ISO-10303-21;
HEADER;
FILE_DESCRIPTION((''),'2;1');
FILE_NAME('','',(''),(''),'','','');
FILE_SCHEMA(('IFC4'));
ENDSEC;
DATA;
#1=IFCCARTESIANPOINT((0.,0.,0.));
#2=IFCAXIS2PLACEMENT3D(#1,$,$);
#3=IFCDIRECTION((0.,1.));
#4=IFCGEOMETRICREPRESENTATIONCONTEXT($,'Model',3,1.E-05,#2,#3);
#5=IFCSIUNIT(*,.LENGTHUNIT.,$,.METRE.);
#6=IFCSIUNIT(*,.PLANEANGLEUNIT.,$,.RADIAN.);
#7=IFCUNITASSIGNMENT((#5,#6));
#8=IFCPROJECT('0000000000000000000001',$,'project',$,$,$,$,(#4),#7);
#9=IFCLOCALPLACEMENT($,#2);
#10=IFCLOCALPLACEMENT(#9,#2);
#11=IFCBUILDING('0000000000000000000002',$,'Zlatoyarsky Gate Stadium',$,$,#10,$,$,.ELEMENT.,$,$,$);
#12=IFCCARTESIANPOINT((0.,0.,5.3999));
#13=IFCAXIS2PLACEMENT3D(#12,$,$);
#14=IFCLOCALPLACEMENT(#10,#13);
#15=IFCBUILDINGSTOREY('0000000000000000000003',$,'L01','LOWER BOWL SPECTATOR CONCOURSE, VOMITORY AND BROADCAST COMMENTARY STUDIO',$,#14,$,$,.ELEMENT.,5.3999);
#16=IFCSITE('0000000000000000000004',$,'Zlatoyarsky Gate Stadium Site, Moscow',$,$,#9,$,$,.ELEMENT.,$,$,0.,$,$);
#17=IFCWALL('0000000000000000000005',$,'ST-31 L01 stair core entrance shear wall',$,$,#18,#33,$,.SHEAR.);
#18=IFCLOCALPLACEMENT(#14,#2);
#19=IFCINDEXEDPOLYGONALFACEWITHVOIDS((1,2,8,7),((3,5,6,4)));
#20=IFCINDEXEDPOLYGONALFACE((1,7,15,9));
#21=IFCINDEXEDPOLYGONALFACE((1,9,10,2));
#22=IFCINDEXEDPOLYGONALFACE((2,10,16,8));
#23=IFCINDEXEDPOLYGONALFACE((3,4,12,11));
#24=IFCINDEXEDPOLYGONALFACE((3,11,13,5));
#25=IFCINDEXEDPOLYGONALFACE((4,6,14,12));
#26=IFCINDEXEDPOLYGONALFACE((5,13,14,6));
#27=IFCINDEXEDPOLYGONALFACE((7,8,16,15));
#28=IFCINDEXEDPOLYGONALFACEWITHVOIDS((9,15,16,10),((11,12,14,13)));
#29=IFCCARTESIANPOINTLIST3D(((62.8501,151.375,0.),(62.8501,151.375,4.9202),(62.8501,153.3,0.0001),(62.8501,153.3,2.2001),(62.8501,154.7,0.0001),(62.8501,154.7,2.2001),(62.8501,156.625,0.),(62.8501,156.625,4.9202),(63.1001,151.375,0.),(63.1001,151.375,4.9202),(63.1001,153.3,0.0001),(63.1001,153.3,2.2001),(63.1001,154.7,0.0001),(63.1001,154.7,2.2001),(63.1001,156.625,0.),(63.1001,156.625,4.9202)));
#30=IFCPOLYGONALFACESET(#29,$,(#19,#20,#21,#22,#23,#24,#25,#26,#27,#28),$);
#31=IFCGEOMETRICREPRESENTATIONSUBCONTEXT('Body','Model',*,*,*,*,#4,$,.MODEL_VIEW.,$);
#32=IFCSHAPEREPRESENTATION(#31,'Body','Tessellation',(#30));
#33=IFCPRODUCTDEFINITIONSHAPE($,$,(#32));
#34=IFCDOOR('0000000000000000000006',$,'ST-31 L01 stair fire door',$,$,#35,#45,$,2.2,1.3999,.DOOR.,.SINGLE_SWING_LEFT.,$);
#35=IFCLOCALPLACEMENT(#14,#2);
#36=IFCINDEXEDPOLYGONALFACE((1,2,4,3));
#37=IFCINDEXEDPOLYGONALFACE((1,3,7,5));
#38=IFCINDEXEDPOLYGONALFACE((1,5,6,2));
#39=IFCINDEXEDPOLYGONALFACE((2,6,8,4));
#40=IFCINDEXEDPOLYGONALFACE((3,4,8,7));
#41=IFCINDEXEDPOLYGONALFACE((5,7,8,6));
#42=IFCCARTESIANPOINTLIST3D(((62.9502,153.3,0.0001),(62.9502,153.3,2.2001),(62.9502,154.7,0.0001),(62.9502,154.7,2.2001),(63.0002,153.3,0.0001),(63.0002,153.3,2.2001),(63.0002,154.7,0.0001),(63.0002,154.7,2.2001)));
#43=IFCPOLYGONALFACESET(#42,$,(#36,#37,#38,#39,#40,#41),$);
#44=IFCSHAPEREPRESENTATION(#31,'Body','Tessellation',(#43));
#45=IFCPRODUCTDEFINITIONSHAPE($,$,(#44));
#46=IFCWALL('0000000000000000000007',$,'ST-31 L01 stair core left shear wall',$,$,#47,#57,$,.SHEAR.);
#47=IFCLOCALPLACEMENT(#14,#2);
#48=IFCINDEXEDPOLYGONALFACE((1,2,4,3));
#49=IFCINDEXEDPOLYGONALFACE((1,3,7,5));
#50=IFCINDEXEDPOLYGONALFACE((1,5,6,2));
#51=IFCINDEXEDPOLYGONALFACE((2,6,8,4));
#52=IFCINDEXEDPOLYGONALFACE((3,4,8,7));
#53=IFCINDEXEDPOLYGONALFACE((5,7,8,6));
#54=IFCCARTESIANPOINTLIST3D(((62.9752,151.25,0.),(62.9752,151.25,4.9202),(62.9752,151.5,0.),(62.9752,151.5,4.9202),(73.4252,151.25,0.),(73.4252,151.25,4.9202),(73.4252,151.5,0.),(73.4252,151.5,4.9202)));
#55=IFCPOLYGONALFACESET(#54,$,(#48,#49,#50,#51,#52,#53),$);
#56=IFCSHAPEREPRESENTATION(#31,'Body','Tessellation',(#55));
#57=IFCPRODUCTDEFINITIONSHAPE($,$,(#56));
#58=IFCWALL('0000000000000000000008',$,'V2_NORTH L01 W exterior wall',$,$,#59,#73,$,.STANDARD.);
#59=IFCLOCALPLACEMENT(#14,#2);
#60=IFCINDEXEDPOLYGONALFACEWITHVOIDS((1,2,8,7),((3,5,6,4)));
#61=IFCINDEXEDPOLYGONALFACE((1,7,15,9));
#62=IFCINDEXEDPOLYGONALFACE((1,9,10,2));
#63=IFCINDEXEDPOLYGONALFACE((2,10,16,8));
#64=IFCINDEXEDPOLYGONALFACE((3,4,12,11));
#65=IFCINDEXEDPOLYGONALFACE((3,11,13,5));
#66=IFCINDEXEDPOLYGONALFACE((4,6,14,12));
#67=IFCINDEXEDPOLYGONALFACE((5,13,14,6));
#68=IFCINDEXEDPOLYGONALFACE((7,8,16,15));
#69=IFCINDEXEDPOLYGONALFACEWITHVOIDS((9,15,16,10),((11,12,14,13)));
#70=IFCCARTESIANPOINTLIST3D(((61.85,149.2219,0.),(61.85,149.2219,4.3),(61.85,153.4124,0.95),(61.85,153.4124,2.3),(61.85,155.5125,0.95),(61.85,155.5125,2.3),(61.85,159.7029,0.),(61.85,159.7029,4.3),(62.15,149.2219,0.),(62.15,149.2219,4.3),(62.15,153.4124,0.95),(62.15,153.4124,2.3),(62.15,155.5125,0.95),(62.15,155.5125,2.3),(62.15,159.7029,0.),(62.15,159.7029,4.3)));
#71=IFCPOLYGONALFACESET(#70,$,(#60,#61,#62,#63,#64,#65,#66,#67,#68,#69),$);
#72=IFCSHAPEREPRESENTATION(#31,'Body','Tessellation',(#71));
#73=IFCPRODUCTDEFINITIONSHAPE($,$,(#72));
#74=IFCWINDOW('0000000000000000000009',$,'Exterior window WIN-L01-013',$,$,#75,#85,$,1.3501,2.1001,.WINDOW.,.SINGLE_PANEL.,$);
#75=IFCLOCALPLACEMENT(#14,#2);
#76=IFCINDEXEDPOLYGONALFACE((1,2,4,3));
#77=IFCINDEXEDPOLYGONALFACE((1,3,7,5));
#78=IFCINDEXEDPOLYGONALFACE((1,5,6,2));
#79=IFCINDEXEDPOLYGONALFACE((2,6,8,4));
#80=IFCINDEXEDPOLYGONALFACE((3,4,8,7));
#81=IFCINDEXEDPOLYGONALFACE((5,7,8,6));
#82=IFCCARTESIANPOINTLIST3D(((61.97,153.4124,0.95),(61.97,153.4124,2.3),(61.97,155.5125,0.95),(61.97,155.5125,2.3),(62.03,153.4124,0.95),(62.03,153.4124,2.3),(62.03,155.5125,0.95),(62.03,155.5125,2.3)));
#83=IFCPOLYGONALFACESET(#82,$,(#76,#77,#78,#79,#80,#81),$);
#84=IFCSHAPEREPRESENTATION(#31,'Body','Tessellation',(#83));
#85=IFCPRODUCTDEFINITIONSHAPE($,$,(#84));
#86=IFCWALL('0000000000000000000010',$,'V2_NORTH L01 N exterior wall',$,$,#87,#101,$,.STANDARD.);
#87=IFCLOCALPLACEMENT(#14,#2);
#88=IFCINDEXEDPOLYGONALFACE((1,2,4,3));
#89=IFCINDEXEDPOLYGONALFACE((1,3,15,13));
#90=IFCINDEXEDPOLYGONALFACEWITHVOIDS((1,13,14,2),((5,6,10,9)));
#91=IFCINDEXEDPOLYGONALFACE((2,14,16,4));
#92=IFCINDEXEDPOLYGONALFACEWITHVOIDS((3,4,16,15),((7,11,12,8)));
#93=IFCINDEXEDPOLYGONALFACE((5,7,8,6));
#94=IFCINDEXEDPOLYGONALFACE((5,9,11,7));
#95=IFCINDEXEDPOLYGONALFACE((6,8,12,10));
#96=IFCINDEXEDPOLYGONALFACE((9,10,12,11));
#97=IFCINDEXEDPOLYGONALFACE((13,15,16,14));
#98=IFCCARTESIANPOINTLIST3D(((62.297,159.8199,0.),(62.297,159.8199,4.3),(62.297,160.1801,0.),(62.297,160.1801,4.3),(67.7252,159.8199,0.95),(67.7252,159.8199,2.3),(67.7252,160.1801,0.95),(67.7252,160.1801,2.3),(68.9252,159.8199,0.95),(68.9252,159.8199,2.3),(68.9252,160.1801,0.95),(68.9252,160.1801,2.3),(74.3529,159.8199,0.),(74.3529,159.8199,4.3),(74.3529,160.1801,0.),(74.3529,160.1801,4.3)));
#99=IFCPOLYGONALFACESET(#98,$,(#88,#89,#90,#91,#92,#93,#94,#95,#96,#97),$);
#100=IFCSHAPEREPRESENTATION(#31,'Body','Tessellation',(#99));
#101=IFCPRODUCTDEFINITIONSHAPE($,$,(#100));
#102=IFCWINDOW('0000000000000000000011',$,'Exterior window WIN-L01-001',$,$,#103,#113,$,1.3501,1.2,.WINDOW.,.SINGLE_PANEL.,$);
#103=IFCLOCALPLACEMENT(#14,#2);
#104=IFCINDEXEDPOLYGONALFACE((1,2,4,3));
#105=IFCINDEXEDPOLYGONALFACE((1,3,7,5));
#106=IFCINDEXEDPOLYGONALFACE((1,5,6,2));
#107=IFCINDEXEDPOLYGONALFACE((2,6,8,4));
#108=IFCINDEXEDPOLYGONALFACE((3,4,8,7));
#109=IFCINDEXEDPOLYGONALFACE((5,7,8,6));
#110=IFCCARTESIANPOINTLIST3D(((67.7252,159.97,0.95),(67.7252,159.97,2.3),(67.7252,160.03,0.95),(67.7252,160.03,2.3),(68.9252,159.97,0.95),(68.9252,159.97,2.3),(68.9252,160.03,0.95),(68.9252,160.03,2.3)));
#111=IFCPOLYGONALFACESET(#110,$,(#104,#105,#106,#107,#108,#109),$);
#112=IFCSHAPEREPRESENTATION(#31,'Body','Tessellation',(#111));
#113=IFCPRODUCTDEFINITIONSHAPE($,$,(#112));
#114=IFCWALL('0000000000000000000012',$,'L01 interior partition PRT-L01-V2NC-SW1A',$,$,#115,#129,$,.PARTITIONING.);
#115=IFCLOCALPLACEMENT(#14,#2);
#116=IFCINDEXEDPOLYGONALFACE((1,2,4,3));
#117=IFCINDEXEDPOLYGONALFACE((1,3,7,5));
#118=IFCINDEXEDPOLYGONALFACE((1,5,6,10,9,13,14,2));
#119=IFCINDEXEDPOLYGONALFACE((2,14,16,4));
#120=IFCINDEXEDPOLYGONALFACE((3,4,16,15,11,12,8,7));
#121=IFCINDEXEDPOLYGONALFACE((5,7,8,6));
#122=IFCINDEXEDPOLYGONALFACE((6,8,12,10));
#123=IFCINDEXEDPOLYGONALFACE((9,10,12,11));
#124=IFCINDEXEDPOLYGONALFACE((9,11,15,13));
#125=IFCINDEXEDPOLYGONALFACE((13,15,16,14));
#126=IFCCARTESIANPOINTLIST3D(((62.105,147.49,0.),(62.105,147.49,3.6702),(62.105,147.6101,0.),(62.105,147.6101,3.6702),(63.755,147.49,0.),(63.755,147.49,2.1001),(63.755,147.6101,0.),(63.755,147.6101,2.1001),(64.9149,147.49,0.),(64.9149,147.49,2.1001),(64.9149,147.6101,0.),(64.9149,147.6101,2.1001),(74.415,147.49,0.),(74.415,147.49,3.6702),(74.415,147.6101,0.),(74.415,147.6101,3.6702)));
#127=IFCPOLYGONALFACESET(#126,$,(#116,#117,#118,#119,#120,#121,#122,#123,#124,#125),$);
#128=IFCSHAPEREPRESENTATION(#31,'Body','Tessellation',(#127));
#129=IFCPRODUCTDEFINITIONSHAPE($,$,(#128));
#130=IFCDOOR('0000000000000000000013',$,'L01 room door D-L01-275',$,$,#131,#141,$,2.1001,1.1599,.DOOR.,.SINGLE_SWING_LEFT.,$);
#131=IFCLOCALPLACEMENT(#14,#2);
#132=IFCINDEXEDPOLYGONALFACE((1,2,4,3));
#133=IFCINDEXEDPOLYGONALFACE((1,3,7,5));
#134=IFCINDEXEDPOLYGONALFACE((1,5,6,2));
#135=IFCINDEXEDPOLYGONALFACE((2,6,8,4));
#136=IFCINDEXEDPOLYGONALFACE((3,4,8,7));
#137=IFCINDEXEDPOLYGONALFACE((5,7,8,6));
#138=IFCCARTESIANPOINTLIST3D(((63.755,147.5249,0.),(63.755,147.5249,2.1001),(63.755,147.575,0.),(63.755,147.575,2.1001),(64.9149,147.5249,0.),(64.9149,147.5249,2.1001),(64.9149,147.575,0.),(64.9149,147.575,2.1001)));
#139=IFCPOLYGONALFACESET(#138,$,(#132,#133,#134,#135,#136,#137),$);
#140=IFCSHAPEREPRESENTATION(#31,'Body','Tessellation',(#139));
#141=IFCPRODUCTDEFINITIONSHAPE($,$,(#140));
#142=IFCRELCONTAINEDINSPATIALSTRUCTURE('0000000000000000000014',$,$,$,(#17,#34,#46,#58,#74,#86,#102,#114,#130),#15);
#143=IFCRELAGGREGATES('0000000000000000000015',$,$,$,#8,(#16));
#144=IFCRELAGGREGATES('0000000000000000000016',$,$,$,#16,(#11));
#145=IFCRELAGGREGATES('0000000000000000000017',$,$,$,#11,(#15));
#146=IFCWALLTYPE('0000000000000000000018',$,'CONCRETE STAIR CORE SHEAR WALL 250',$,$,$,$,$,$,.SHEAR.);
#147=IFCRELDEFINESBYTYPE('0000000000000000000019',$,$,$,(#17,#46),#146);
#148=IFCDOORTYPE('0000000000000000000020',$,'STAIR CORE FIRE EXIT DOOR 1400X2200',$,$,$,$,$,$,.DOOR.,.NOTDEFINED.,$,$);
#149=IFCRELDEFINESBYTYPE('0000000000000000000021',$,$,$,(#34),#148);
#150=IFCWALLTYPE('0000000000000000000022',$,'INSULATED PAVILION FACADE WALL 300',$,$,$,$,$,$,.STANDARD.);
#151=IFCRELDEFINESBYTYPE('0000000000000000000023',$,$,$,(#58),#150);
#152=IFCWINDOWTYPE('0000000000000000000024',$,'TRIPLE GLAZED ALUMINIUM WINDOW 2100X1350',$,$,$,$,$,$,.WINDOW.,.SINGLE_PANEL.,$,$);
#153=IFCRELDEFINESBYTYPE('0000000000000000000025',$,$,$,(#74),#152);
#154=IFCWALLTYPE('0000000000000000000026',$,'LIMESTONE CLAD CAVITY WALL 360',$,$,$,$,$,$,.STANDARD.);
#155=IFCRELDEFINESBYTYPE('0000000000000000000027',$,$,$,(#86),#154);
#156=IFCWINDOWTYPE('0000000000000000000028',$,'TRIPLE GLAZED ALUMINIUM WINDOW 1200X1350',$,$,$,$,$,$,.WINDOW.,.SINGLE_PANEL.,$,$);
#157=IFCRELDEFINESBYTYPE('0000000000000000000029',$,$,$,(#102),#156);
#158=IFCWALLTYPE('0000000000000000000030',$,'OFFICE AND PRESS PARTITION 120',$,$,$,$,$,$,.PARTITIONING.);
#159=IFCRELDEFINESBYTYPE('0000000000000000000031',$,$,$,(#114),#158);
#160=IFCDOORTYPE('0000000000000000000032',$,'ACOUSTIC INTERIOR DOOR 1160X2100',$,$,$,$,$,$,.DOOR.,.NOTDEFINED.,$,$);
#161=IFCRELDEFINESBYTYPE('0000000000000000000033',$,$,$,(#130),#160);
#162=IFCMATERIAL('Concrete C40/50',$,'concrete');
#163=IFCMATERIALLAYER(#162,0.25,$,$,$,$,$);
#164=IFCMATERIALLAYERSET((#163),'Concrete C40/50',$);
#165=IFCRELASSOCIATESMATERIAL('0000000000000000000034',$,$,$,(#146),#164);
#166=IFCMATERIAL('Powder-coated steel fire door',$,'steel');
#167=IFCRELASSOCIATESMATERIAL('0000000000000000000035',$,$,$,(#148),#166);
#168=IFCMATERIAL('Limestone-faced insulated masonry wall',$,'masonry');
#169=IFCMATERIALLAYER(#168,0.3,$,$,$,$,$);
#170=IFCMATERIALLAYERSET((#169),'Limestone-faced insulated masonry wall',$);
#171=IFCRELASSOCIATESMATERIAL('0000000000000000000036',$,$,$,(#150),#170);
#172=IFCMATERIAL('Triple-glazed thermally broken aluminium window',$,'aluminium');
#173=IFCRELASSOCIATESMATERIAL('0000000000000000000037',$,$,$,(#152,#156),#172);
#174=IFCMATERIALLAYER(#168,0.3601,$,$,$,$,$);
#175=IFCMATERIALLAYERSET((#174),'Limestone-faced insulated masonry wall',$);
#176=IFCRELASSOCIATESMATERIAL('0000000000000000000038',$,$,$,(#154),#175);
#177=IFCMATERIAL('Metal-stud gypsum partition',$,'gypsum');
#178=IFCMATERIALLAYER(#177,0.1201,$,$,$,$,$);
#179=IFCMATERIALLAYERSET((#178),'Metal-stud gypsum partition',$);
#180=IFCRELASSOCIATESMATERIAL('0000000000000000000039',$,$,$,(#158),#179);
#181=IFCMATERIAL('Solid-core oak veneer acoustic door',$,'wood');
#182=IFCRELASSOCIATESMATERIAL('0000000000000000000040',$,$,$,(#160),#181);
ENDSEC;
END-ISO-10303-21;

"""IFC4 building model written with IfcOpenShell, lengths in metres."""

from ifc_helpers import new_model, si_unit, direction, frame, frame_2d, origin, place, context, subcontext, project, spatial, rectangle, extrude, material, layer, layer_set, type_object, element, fill, save


model = new_model("IFC4")

# Units and contexts
model_context = context("Model", 3, precision=1e-05, world=origin(), true_north=direction((0.0, 1.0)))
body_context = subcontext(model_context, "Body", "Model", "MODEL_VIEW")
ifc_project = project(units=[si_unit("LENGTHUNIT", "METRE"), si_unit("PLANEANGLEUNIT", "RADIAN")], contexts=[model_context])

# Site, building, storey
site_placement = place(None, origin())
site = spatial("IfcSite", under=ifc_project, at=site_placement, Name="Zlatoyarsky Gate Stadium Site, Moscow", CompositionType="ELEMENT", RefElevation=0.0)
building_placement = place(site_placement, origin())
building = spatial("IfcBuilding", under=site, at=building_placement, Name="Zlatoyarsky Gate Stadium", CompositionType="ELEMENT")
storey_placement = place(building_placement, frame((0.0, 0.0, 5.3999)))
storey = spatial("IfcBuildingStorey", under=building, at=storey_placement, Name="L01", Description="LOWER BOWL SPECTATOR CONCOURSE, VOMITORY AND BROADCAST COMMENTARY STUDIO", CompositionType="ELEMENT", Elevation=5.3999)

# Shared definitions
ifc_material_1 = material(Name="Concrete C40/50", Category="concrete")

# Shared definitions
ifc_layer_1 = layer(ifc_material_1, 0.25)
ifc_layer_set_1 = layer_set([ifc_layer_1], Name="Concrete C40/50")
wall_type_1 = type_object("IfcWallType", Name="CONCRETE STAIR CORE SHEAR WALL 250", PredefinedType="SHEAR", material=ifc_layer_set_1)

# Wall, opening, door
wall_1_placement = place(storey_placement, frame((62.9751, 156.625, 0.0), z_axis=(0.0, 0.0, 1.0), x_axis=(0.0, -1.0, 0.0)))
wall_1 = element("IfcWall", 1, at=wall_1_placement, inside=storey, type_object=wall_type_1, Name="ST-31 L01 stair core entrance shear wall", PredefinedType="SHEAR", context=body_context, shape_type="SweptSolid", body=[
    extrude(rectangle(XDim=5.25, YDim=0.25, at=frame_2d((2.625, 0.0))), origin(), (0.0, 0.0, 1.0), 4.9202),
])
opening_1_placement = place(wall_1_placement, frame((1.925, 0.0, 0.0)))
opening_1 = element("IfcOpeningElement", 2, at=opening_1_placement, cuts=wall_1, PredefinedType="OPENING", context=body_context, shape_type="SweptSolid", body=[
    extrude(rectangle(XDim=1.3999, YDim=2.2, at=frame_2d((0.7, 1.1001))), frame((0.0, 0.135, 0.0), z_axis=(0.0, -1.0, 0.0), x_axis=(1.0, 0.0, 0.0)), (0.0, 0.0, 1.0), 0.27),
])
ifc_material_2 = material(Name="Powder-coated steel fire door", Category="steel")
door_type_1 = type_object("IfcDoorType", Name="STAIR CORE FIRE EXIT DOOR 1400X2200", OperationType="NOTDEFINED", PredefinedType="DOOR", material=ifc_material_2)
door_1_placement = place(opening_1_placement, frame((1.3999, 0.0, 0.0), z_axis=(0.0, 0.0, 1.0), x_axis=(-1.0, 0.0, 0.0)))
door_1 = element("IfcDoor", 3, at=door_1_placement, inside=storey, type_object=door_type_1, Name="ST-31 L01 stair fire door", OperationType="SINGLE_SWING_LEFT", OverallHeight=2.2, OverallWidth=1.3999, PredefinedType="DOOR", context=body_context, shape_type="SweptSolid", body=[
    extrude(rectangle(XDim=1.3999, YDim=2.2, at=frame_2d((0.7, 1.1001))), frame((0.0, 0.0249, 0.0), z_axis=(0.0, -1.0, 0.0), x_axis=(1.0, 0.0, 0.0)), (0.0, 0.0, 1.0), 0.05),
])
fill(opening_1, door_1)

# Wall
wall_2_placement = place(storey_placement, frame((62.9751, 151.375, 0.0), z_axis=(0.0, 0.0, 1.0), x_axis=(1.0, 0.0, 0.0)))
element("IfcWall", 4, at=wall_2_placement, inside=storey, type_object=wall_type_1, Name="ST-31 L01 stair core left shear wall", PredefinedType="SHEAR", context=body_context, shape_type="SweptSolid", body=[
    extrude(rectangle(XDim=10.45, YDim=0.25, at=frame_2d((5.2251, 0.0))), origin(), (0.0, 0.0, 1.0), 4.9202),
])

# Walls, openings, windows
ifc_material_3 = material(Name="Limestone-faced insulated masonry wall", Category="masonry")
ifc_layer_2 = layer(ifc_material_3, 0.3)
ifc_layer_set_2 = layer_set([ifc_layer_2], Name="Limestone-faced insulated masonry wall")
wall_type_2 = type_object("IfcWallType", Name="INSULATED PAVILION FACADE WALL 300", PredefinedType="STANDARD", material=ifc_layer_set_2)
wall_3_placement = place(storey_placement, frame((62.0, 149.2219, 0.0), z_axis=(0.0, 0.0, 1.0), x_axis=(0.0, 1.0, 0.0)))
wall_3 = element("IfcWall", 5, at=wall_3_placement, inside=storey, type_object=wall_type_2, Name="V2_NORTH L01 W exterior wall", PredefinedType="STANDARD", context=body_context, shape_type="SweptSolid", body=[
    extrude(rectangle(XDim=10.481, YDim=0.3, at=frame_2d((5.2405, 0.0))), origin(), (0.0, 0.0, 1.0), 4.3),
])
opening_2_placement = place(wall_3_placement, frame((4.1904, 0.0, 0.95)))
opening_2 = element("IfcOpeningElement", 6, at=opening_2_placement, cuts=wall_3, PredefinedType="OPENING", context=body_context, shape_type="SweptSolid", body=[
    extrude(rectangle(XDim=2.1001, YDim=1.3501, at=frame_2d((1.05, 0.675))), frame((0.0, 0.1599, 0.0), z_axis=(0.0, -1.0, 0.0), x_axis=(1.0, 0.0, 0.0)), (0.0, 0.0, 1.0), 0.3201),
])
ifc_material_4 = material(Name="Triple-glazed thermally broken aluminium window", Category="aluminium")
window_type_1 = type_object("IfcWindowType", Name="TRIPLE GLAZED ALUMINIUM WINDOW 2100X1350", PartitioningType="SINGLE_PANEL", PredefinedType="WINDOW", material=ifc_material_4)
window_1_placement = place(opening_2_placement, origin())
window_1 = element("IfcWindow", 7, at=window_1_placement, inside=storey, type_object=window_type_1, Name="Exterior window WIN-L01-013", OverallHeight=1.3501, OverallWidth=2.1001, PartitioningType="SINGLE_PANEL", PredefinedType="WINDOW", context=body_context, shape_type="SweptSolid", body=[
    extrude(rectangle(XDim=2.1001, YDim=1.3501, at=frame_2d((1.05, 0.675))), frame((0.0, 0.03, 0.0), z_axis=(0.0, -1.0, 0.0), x_axis=(1.0, 0.0, 0.0)), (0.0, 0.0, 1.0), 0.0601),
])
fill(opening_2, window_1)
ifc_layer_3 = layer(ifc_material_3, 0.3601)
ifc_layer_set_3 = layer_set([ifc_layer_3], Name="Limestone-faced insulated masonry wall")
wall_type_3 = type_object("IfcWallType", Name="LIMESTONE CLAD CAVITY WALL 360", PredefinedType="STANDARD", material=ifc_layer_set_3)
wall_4_placement = place(storey_placement, frame((62.2971, 160.0, 0.0), z_axis=(0.0, 0.0, 1.0), x_axis=(1.0, 0.0, 0.0)))
wall_4 = element("IfcWall", 8, at=wall_4_placement, inside=storey, type_object=wall_type_3, Name="V2_NORTH L01 N exterior wall", PredefinedType="STANDARD", context=body_context, shape_type="SweptSolid", body=[
    extrude(rectangle(XDim=12.0559, YDim=0.3601, at=frame_2d((6.0278, 0.0))), origin(), (0.0, 0.0, 1.0), 4.3),
])
opening_3_placement = place(wall_4_placement, frame((5.428, 0.0, 0.95)))
opening_3 = element("IfcOpeningElement", 9, at=opening_3_placement, cuts=wall_4, PredefinedType="OPENING", context=body_context, shape_type="SweptSolid", body=[
    extrude(rectangle(XDim=1.2, YDim=1.3501, at=frame_2d((0.6001, 0.675))), frame((0.0, 0.1899, 0.0), z_axis=(0.0, -1.0, 0.0), x_axis=(1.0, 0.0, 0.0)), (0.0, 0.0, 1.0), 0.3801),
])
window_type_2 = type_object("IfcWindowType", Name="TRIPLE GLAZED ALUMINIUM WINDOW 1200X1350", PartitioningType="SINGLE_PANEL", PredefinedType="WINDOW", material=ifc_material_4)
window_2_placement = place(opening_3_placement, origin())
window_2 = element("IfcWindow", 10, at=window_2_placement, inside=storey, type_object=window_type_2, Name="Exterior window WIN-L01-001", OverallHeight=1.3501, OverallWidth=1.2, PartitioningType="SINGLE_PANEL", PredefinedType="WINDOW", context=body_context, shape_type="SweptSolid", body=[
    extrude(rectangle(XDim=1.2, YDim=1.3501, at=frame_2d((0.6001, 0.675))), frame((0.0, 0.03, 0.0), z_axis=(0.0, -1.0, 0.0), x_axis=(1.0, 0.0, 0.0)), (0.0, 0.0, 1.0), 0.0601),
])
fill(opening_3, window_2)

# Wall, opening, door
ifc_material_5 = material(Name="Metal-stud gypsum partition", Category="gypsum")
ifc_layer_4 = layer(ifc_material_5, 0.1201)
ifc_layer_set_4 = layer_set([ifc_layer_4], Name="Metal-stud gypsum partition")
wall_type_4 = type_object("IfcWallType", Name="OFFICE AND PRESS PARTITION 120", PredefinedType="PARTITIONING", material=ifc_layer_set_4)
wall_5_placement = place(storey_placement, frame((62.105, 147.55, 0.0), z_axis=(0.0, 0.0, 1.0), x_axis=(1.0, 0.0, 0.0)))
wall_5 = element("IfcWall", 11, at=wall_5_placement, inside=storey, type_object=wall_type_4, Name="L01 interior partition PRT-L01-V2NC-SW1A", PredefinedType="PARTITIONING", context=body_context, shape_type="SweptSolid", body=[
    extrude(rectangle(XDim=12.3101, YDim=0.1201, at=frame_2d((6.155, 0.0))), origin(), (0.0, 0.0, 1.0), 3.6702),
])
opening_4_placement = place(wall_5_placement, frame((1.6499, 0.0, 0.0)))
opening_4 = element("IfcOpeningElement", 12, at=opening_4_placement, cuts=wall_5, PredefinedType="OPENING", context=body_context, shape_type="SweptSolid", body=[
    extrude(rectangle(XDim=1.1599, YDim=2.1001, at=frame_2d((0.5801, 1.05))), frame((0.0, 0.0701, 0.0), z_axis=(0.0, -1.0, 0.0), x_axis=(1.0, 0.0, 0.0)), (0.0, 0.0, 1.0), 0.1401),
])
ifc_material_6 = material(Name="Solid-core oak veneer acoustic door", Category="wood")
door_type_2 = type_object("IfcDoorType", Name="ACOUSTIC INTERIOR DOOR 1160X2100", OperationType="NOTDEFINED", PredefinedType="DOOR", material=ifc_material_6)
door_2_placement = place(opening_4_placement, origin())
door_2 = element("IfcDoor", 13, at=door_2_placement, inside=storey, type_object=door_type_2, Name="L01 room door D-L01-275", OperationType="SINGLE_SWING_LEFT", OverallHeight=2.1001, OverallWidth=1.1599, PredefinedType="DOOR", context=body_context, shape_type="SweptSolid", body=[
    extrude(rectangle(XDim=1.1599, YDim=2.1001, at=frame_2d((0.5801, 1.05))), frame((0.0, 0.0249, 0.0), z_axis=(0.0, -1.0, 0.0), x_axis=(1.0, 0.0, 0.0)), (0.0, 0.0, 1.0), 0.05),
])
fill(opening_4, door_2)

save(model, "model.ifc")
